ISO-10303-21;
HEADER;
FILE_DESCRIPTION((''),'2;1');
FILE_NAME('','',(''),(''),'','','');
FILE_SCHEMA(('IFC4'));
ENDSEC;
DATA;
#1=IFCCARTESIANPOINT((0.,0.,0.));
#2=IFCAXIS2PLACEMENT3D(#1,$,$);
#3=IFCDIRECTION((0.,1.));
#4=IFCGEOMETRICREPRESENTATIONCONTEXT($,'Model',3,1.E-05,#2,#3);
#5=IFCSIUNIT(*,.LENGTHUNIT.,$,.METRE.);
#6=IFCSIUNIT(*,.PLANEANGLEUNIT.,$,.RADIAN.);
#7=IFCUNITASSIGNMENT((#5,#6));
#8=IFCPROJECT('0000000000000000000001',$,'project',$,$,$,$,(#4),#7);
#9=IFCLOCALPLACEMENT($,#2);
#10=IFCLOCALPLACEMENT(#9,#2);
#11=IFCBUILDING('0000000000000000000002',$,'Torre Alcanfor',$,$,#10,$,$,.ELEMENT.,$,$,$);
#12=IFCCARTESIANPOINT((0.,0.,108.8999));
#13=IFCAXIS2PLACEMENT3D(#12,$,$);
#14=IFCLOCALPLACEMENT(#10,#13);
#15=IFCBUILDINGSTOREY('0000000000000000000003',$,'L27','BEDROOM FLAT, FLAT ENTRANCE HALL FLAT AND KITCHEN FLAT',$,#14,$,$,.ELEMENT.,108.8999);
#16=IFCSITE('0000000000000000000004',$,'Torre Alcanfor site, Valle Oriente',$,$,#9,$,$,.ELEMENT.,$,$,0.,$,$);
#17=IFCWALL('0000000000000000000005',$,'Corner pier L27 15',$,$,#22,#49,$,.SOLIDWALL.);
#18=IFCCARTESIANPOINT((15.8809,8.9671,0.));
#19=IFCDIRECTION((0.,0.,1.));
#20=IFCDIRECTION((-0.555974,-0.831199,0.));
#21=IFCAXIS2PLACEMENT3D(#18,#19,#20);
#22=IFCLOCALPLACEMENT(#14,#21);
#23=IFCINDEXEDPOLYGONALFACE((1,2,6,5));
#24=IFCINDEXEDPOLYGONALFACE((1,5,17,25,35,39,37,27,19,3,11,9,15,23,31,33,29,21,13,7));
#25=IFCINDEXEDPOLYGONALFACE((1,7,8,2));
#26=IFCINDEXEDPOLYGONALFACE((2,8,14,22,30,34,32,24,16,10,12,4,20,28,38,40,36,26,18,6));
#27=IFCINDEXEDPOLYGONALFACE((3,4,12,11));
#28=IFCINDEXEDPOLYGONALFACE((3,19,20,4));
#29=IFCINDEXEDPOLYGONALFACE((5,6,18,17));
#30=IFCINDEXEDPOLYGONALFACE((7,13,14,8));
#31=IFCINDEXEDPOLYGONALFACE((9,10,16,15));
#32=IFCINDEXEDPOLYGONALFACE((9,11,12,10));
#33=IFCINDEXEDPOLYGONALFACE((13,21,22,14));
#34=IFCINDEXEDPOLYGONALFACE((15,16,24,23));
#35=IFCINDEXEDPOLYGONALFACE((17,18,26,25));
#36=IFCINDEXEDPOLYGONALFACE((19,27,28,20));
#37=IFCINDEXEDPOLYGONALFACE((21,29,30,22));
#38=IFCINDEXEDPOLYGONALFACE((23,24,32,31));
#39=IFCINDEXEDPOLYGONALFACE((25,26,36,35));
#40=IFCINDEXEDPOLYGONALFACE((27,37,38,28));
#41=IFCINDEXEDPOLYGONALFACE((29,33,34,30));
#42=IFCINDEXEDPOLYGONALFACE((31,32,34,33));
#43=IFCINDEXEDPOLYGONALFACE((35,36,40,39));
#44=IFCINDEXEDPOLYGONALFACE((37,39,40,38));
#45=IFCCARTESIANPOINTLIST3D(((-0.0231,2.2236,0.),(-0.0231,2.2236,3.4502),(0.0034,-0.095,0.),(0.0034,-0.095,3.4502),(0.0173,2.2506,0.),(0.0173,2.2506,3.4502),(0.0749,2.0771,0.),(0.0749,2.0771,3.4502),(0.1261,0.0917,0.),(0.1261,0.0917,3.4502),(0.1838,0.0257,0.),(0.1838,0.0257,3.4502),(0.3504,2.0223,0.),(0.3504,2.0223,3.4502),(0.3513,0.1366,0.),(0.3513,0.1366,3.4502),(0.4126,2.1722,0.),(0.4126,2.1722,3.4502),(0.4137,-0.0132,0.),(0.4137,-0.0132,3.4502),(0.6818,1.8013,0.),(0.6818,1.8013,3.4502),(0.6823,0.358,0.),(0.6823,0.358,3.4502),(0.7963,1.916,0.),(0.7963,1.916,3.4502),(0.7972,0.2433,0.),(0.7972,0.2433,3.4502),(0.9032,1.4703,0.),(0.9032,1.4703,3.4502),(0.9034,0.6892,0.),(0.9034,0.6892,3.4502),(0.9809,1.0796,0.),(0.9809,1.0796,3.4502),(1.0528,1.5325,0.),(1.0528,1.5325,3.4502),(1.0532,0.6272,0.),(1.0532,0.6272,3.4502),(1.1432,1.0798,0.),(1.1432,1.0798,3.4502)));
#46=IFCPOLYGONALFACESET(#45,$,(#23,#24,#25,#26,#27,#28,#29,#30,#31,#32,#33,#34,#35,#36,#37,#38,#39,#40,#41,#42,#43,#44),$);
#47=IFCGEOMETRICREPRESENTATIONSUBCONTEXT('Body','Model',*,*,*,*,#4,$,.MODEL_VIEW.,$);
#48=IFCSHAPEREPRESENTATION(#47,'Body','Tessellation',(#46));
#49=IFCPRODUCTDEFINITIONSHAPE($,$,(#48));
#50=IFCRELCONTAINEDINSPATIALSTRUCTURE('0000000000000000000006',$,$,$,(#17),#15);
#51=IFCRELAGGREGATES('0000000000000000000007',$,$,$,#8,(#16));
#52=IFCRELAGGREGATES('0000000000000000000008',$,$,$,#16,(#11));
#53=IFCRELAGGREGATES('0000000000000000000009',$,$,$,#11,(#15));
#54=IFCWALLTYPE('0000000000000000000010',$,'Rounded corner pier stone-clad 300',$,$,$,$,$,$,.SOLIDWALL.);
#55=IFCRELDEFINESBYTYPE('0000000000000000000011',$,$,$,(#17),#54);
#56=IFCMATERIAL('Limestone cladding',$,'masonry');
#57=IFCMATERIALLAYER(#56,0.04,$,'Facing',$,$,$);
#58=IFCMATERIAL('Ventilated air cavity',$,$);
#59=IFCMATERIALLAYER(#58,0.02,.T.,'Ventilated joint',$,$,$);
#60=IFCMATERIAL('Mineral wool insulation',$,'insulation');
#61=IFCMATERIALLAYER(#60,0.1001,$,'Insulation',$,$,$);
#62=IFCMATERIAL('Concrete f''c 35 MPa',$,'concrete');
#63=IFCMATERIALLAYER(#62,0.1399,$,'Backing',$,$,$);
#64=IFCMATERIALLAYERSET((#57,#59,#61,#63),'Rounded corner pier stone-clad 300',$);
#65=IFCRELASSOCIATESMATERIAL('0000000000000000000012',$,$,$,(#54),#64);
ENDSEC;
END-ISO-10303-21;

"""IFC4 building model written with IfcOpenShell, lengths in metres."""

from ifc_helpers import new_model, si_unit, direction, frame, origin, place, context, subcontext, project, spatial, polyline, outline, extrude, material, layer, layer_set, type_object, element, save


model = new_model("IFC4")

# Units and contexts
model_context = context("Model", 3, precision=1e-05, world=origin(), true_north=direction((0.0, 1.0)))
body_context = subcontext(model_context, "Body", "Model", "MODEL_VIEW")
ifc_project = project(units=[si_unit("LENGTHUNIT", "METRE"), si_unit("PLANEANGLEUNIT", "RADIAN")], contexts=[model_context])

# Site, building, storey
site_placement = place(None, origin())
site = spatial("IfcSite", under=ifc_project, at=site_placement, Name="Torre Alcanfor site, Valle Oriente", CompositionType="ELEMENT", RefElevation=0.0)
building_placement = place(site_placement, origin())
building = spatial("IfcBuilding", under=site, at=building_placement, Name="Torre Alcanfor", CompositionType="ELEMENT")
storey_placement = place(building_placement, frame((0.0, 0.0, 108.8999)))
storey = spatial("IfcBuildingStorey", under=building, at=storey_placement, Name="L27", Description="BEDROOM FLAT, FLAT ENTRANCE HALL FLAT AND KITCHEN FLAT", CompositionType="ELEMENT", Elevation=108.8999)

# Shared definitions
ifc_material_1 = material(Name="Limestone cladding", Category="masonry")
ifc_material_2 = material(Name="Ventilated air cavity")
ifc_material_3 = material(Name="Mineral wool insulation", Category="insulation")
ifc_material_4 = material(Name="Concrete f'c 35 MPa", Category="concrete")

# Wall
ifc_layer_1 = layer(ifc_material_1, 0.04, Name="Facing")
ifc_layer_2 = layer(ifc_material_2, 0.02, ventilated=True, Name="Ventilated joint")
ifc_layer_3 = layer(ifc_material_3, 0.1001, Name="Insulation")
ifc_layer_4 = layer(ifc_material_4, 0.1399, Name="Backing")
ifc_layer_set_1 = layer_set([ifc_layer_1, ifc_layer_2, ifc_layer_3, ifc_layer_4], Name="Rounded corner pier stone-clad 300")
wall_type_1 = type_object("IfcWallType", Name="Rounded corner pier stone-clad 300", PredefinedType="SOLIDWALL", material=ifc_layer_set_1)
wall_1_placement = place(storey_placement, frame((15.8809, 8.9671, 0.0), z_axis=(0.0, 0.0, 1.0), x_axis=(-0.555974, -0.831199, 0.0)))
element("IfcWall", 1, at=wall_1_placement, inside=storey, type_object=wall_type_1, Name="Corner pier L27 15", PredefinedType="SOLIDWALL", context=body_context, shape_type="SweptSolid", body=[
    extrude(outline(polyline([(0.0749, 2.0771), (0.3504, 2.0223), (0.6818, 1.8013), (0.9032, 1.4703), (0.9809, 1.0796), (0.9034, 0.6892), (0.6823, 0.358), (0.3513, 0.1366), (0.1261, 0.0917), (0.1838, 0.0257), (0.0034, -0.095), (0.4137, -0.0132), (0.7972, 0.2433), (1.0532, 0.6272), (1.1432, 1.0798), (1.0528, 1.5325), (0.7963, 1.916), (0.4126, 2.1722), (0.0173, 2.2506), (-0.0231, 2.2236), (0.0749, 2.0771)])), origin(), (0.0, 0.0, 1.0), 3.4502),
])

save(model, "model.ifc")
